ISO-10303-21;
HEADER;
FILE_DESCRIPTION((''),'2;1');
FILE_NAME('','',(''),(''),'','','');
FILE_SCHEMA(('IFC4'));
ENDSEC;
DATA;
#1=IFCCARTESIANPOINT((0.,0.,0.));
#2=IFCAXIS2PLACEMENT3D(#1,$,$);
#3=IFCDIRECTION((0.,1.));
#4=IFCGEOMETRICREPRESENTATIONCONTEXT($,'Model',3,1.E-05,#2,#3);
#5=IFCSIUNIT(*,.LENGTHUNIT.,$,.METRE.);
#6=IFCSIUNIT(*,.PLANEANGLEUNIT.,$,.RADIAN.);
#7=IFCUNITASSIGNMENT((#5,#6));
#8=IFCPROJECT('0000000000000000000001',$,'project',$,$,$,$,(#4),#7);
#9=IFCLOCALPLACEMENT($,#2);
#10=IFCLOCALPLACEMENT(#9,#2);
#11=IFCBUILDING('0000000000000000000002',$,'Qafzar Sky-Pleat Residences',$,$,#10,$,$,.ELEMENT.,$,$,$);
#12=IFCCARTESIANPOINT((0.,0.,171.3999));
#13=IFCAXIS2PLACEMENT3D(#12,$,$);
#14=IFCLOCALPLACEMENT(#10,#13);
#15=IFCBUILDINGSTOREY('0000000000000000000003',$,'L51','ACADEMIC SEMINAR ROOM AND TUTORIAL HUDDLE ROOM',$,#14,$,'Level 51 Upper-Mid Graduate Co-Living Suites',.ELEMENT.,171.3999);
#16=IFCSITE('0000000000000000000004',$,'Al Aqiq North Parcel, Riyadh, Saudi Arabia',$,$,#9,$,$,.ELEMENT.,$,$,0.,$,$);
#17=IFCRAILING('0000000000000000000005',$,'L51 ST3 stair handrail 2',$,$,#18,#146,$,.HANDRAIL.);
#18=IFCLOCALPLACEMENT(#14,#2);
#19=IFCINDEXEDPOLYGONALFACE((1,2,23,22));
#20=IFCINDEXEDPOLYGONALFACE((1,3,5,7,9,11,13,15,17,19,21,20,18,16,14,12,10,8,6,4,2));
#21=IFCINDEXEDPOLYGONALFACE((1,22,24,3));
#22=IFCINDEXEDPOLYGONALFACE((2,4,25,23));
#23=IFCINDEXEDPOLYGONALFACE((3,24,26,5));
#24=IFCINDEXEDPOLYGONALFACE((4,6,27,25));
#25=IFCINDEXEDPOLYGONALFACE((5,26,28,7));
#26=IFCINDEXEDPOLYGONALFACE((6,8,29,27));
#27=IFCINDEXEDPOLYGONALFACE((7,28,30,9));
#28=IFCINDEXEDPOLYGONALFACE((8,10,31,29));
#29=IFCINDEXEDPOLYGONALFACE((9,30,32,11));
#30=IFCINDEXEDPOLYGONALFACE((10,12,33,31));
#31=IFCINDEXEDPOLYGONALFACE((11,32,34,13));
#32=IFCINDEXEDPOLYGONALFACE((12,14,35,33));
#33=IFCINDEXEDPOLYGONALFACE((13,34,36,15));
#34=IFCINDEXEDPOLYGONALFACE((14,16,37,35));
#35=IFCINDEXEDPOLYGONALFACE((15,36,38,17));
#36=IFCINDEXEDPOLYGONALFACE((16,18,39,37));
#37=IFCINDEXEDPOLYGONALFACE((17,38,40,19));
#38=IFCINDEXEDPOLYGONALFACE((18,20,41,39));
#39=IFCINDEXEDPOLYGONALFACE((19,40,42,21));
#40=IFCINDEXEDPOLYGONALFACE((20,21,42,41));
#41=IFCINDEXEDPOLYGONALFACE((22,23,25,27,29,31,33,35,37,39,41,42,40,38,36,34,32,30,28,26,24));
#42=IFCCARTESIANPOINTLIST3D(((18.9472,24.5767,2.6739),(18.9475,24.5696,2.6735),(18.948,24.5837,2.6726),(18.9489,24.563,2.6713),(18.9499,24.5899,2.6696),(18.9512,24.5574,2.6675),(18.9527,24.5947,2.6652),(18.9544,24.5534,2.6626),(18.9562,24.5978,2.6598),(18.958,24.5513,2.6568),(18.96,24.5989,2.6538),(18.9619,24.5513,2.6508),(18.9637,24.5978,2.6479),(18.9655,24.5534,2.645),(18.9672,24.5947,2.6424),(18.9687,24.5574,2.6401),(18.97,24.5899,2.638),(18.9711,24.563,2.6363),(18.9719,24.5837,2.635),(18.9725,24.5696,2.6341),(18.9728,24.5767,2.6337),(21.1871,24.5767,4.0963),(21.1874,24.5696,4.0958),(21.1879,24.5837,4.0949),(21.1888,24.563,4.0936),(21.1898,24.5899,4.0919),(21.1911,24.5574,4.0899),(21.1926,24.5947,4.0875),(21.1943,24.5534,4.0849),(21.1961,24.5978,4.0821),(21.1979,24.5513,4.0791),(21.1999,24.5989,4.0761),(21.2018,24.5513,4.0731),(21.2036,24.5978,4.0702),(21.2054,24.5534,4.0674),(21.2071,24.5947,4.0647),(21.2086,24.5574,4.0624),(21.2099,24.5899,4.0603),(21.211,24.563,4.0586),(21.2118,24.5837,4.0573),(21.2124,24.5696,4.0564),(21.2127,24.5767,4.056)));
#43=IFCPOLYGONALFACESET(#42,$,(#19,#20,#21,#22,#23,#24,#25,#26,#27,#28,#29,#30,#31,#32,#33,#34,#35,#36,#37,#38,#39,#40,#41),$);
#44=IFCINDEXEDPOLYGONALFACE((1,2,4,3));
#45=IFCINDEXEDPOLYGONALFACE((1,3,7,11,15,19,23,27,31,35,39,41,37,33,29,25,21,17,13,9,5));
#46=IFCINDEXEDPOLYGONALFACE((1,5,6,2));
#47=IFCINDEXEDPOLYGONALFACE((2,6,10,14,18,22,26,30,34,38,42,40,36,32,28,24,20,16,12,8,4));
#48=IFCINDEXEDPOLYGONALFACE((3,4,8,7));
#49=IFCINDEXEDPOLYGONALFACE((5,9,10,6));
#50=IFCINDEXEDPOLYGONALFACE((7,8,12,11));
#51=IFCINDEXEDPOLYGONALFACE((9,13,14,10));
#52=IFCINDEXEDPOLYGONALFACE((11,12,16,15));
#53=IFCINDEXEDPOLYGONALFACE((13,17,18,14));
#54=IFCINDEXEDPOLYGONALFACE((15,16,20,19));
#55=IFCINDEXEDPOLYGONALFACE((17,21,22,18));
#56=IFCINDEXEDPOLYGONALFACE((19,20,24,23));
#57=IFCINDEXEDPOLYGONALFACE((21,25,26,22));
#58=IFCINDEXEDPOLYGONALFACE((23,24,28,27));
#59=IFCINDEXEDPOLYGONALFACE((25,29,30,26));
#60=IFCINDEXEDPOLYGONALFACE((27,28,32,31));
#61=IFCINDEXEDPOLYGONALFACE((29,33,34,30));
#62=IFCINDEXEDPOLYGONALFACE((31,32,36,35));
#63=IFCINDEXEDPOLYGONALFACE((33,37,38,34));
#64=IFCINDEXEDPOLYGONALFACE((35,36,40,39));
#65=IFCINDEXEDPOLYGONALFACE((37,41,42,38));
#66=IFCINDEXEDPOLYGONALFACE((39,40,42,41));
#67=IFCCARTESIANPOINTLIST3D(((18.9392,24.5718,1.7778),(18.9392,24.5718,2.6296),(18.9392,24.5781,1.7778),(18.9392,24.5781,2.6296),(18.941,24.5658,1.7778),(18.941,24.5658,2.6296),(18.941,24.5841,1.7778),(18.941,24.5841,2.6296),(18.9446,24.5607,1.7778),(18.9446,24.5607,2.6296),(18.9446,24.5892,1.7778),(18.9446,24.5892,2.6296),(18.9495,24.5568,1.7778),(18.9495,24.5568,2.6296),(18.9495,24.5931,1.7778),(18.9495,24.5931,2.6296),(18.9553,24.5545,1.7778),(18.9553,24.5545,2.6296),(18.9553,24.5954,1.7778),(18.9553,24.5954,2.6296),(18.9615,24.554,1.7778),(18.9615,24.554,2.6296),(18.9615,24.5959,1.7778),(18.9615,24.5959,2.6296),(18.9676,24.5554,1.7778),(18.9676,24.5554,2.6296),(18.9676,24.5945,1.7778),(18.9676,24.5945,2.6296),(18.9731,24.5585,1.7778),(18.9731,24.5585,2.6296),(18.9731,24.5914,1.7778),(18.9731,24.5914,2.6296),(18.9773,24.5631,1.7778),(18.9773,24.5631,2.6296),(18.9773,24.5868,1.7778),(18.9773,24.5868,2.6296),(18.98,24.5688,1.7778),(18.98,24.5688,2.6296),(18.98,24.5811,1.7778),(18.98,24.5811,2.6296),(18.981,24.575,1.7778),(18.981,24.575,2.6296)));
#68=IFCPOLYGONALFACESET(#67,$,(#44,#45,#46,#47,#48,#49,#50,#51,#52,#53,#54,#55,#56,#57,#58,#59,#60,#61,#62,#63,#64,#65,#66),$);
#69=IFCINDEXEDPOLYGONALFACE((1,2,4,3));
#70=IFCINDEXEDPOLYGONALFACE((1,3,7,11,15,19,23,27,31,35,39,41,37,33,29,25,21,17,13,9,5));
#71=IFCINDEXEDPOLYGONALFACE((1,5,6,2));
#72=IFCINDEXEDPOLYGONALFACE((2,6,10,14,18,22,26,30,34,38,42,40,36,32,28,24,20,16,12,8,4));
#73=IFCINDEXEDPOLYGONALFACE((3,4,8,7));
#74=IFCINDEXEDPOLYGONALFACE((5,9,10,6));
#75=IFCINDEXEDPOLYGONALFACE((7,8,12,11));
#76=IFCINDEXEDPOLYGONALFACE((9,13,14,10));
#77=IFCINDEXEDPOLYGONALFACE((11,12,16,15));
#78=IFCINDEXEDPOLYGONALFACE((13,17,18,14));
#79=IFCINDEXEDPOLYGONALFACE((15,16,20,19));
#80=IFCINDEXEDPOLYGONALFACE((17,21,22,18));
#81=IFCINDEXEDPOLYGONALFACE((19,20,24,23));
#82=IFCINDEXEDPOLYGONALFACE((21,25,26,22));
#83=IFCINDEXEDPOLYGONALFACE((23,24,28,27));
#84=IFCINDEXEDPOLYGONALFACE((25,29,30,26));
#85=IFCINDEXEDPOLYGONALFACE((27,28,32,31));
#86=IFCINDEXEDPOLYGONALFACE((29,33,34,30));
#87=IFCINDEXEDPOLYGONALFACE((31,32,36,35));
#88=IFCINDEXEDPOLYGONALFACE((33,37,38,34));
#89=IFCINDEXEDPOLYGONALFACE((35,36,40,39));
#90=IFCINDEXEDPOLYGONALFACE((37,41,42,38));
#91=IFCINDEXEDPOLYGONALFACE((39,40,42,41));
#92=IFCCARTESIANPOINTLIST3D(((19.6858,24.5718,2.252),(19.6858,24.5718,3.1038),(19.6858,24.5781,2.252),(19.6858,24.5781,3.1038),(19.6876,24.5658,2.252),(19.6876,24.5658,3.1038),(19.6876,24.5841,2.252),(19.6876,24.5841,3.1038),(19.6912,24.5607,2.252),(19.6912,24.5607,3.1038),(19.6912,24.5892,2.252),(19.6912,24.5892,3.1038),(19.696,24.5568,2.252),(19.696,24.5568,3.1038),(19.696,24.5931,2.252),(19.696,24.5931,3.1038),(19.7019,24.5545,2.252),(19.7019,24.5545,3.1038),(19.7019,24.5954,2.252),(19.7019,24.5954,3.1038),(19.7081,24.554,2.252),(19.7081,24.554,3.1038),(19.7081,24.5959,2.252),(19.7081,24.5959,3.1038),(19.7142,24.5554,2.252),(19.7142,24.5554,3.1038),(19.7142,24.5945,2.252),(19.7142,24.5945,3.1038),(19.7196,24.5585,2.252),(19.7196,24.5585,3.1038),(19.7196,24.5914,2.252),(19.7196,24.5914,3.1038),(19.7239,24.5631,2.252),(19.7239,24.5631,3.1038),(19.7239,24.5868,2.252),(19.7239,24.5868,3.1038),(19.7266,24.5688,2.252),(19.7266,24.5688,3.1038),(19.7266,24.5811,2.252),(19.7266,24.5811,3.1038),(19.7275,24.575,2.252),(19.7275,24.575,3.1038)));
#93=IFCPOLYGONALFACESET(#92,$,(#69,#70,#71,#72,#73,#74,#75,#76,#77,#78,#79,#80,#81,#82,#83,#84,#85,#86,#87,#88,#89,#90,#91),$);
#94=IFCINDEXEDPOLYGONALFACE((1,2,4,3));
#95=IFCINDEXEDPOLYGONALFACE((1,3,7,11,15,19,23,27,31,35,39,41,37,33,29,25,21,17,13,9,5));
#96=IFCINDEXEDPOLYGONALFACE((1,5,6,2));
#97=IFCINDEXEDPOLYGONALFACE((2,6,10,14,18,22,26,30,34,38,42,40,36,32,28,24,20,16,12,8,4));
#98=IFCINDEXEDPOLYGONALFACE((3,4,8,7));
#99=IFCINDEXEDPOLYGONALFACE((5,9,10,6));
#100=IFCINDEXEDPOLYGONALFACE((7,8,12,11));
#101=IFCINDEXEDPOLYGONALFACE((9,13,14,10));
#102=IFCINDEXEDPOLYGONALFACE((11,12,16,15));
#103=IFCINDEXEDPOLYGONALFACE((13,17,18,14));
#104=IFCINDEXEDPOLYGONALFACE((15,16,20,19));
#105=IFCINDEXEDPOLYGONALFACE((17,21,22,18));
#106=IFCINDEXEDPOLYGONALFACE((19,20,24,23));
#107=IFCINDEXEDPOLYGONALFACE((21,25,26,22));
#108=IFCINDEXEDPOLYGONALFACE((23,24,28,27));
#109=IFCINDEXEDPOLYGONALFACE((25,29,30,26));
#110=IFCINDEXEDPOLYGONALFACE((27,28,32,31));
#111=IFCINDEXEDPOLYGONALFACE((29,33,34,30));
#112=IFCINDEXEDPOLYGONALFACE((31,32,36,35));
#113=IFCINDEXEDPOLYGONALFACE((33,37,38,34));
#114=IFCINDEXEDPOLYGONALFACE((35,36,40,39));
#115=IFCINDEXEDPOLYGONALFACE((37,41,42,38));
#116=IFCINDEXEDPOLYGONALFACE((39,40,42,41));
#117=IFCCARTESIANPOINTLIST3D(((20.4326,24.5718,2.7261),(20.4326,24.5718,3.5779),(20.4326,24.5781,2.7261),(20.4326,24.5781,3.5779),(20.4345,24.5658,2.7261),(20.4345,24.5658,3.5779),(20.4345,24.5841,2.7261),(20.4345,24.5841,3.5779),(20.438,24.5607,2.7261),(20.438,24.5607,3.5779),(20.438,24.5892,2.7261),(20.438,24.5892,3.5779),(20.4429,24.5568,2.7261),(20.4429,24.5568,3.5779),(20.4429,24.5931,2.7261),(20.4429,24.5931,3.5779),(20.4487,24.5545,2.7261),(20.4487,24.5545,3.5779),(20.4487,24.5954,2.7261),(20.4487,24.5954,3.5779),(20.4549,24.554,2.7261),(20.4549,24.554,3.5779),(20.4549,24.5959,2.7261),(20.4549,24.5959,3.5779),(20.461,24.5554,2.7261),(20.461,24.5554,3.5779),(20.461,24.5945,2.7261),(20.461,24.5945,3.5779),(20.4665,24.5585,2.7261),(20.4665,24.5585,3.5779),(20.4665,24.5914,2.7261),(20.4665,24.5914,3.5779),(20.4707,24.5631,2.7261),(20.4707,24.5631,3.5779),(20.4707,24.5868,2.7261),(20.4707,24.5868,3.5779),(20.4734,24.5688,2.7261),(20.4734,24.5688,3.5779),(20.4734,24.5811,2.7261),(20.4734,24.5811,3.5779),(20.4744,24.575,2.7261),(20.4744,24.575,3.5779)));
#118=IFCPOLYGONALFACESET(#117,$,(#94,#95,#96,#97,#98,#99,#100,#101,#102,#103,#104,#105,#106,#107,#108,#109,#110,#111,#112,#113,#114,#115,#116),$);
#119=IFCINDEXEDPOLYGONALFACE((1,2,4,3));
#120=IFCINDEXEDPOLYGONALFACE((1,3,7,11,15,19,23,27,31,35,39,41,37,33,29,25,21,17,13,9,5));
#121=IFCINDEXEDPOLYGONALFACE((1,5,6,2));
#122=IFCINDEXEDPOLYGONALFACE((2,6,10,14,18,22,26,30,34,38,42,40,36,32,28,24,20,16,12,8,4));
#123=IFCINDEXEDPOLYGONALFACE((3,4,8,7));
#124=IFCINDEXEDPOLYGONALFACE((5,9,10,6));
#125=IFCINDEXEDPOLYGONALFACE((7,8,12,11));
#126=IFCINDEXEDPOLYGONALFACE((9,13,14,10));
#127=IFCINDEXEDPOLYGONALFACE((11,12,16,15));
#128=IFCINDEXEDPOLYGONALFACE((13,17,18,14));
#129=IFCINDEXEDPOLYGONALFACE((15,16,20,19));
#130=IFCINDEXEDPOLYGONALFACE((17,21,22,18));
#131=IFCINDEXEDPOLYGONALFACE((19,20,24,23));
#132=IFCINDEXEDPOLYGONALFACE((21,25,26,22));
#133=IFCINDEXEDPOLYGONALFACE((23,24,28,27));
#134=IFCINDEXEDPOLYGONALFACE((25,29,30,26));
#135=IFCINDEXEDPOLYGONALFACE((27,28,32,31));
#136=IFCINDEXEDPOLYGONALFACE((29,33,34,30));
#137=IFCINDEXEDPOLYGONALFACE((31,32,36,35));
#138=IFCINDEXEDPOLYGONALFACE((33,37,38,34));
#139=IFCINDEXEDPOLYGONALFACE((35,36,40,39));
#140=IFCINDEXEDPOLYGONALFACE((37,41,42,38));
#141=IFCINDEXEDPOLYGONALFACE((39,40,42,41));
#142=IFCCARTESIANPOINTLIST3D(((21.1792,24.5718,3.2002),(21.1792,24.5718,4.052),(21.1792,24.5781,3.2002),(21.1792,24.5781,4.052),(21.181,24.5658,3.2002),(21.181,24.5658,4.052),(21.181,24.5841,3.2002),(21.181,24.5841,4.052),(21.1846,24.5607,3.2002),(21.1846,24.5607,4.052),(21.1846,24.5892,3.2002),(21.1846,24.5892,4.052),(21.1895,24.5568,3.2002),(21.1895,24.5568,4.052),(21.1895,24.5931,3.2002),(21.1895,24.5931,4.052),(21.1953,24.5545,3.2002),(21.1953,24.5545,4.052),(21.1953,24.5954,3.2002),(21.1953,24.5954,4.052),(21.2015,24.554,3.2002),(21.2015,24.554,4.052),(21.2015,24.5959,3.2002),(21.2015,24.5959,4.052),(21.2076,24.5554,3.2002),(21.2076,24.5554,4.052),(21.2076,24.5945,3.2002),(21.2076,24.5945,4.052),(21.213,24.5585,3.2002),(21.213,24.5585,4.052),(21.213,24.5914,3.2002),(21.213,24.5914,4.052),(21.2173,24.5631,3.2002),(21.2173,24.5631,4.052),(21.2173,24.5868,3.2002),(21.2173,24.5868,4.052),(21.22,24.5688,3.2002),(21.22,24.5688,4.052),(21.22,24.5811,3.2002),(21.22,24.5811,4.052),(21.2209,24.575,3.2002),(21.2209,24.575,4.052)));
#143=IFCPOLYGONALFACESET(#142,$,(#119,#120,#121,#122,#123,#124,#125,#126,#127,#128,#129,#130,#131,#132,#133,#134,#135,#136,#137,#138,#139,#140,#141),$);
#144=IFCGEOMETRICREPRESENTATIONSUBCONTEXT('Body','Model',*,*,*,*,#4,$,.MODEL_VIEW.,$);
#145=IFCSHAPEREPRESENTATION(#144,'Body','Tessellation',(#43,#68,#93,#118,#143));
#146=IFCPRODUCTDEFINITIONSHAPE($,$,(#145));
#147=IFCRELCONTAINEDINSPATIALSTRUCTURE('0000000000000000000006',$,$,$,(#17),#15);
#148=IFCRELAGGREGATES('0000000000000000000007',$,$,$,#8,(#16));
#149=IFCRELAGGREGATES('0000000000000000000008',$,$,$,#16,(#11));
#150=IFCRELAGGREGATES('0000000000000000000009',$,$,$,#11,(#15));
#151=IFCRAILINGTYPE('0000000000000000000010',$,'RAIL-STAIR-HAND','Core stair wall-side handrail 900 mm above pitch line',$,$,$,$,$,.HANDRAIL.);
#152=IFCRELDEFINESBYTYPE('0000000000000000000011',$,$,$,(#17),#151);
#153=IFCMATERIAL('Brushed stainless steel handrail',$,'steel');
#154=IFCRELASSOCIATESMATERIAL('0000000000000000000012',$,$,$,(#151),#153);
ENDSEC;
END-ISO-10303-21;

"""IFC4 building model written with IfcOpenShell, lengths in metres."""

from ifc_helpers import new_model, si_unit, direction, frame, origin, origin_2d, place, context, subcontext, project, spatial, circle, extrude, source, transform, mapped, material, type_object, element, save


model = new_model("IFC4")

# Units and contexts
model_context = context("Model", 3, precision=1e-05, world=origin(), true_north=direction((0.0, 1.0)))
body_context = subcontext(model_context, "Body", "Model", "MODEL_VIEW")
ifc_project = project(units=[si_unit("LENGTHUNIT", "METRE"), si_unit("PLANEANGLEUNIT", "RADIAN")], contexts=[model_context])

# Site, building, storey
site_placement = place(None, origin())
site = spatial("IfcSite", under=ifc_project, at=site_placement, Name="Al Aqiq North Parcel, Riyadh, Saudi Arabia", CompositionType="ELEMENT", RefElevation=0.0)
building_placement = place(site_placement, origin())
building = spatial("IfcBuilding", under=site, at=building_placement, Name="Qafzar Sky-Pleat Residences", CompositionType="ELEMENT")
storey_placement = place(building_placement, frame((0.0, 0.0, 171.3999)))
storey = spatial("IfcBuildingStorey", under=building, at=storey_placement, Name="L51", Description="ACADEMIC SEMINAR ROOM AND TUTORIAL HUDDLE ROOM", LongName="Level 51 Upper-Mid Graduate Co-Living Suites", CompositionType="ELEMENT", Elevation=171.3999)

# Railing
ifc_material_1 = material(Name="Brushed stainless steel handrail", Category="steel")
railing_type_1 = type_object("IfcRailingType", Name="RAIL-STAIR-HAND", Description="Core stair wall-side handrail 900 mm above pitch line", PredefinedType="HANDRAIL", material=ifc_material_1)
shared_shape_1 = source(origin(), body_context, "Body", "SweptSolid", [
    extrude(circle(Radius=0.0239, at=origin_2d()), frame((0.0, 0.0, 0.876), z_axis=(0.844188, 0.0, 0.536048), x_axis=(0.0, 1.0, 0.0)), (0.0, 0.0, 1.0), 2.6533),
    extrude(circle(Radius=0.021, at=origin_2d()), origin(), (0.0, 0.0, 1.0), 0.8518),
    extrude(circle(Radius=0.021, at=origin_2d()), frame((0.7466, 0.0, 0.4741)), (0.0, 0.0, 1.0), 0.8518),
    extrude(circle(Radius=0.021, at=origin_2d()), frame((1.4934, 0.0, 0.9482)), (0.0, 0.0, 1.0), 0.8518),
    extrude(circle(Radius=0.021, at=origin_2d()), frame((2.24, 0.0, 1.4224)), (0.0, 0.0, 1.0), 0.8518),
])
railing_1_placement = place(storey_placement, frame((18.96, 24.575, 1.7778)))
element("IfcRailing", 1, at=railing_1_placement, inside=storey, type_object=railing_type_1, Name="L51 ST3 stair handrail 2", PredefinedType="HANDRAIL", context=body_context, shape_type="MappedRepresentation", body=[
    mapped(shared_shape_1, transform((0.0, 0.0, 0.0), x_axis=(1.0, 0.0, 0.0), y_axis=(0.0, 1.0, 0.0), z_axis=(0.0, 0.0, 1.0), scale=1.0)),
])

save(model, "model.ifc")
